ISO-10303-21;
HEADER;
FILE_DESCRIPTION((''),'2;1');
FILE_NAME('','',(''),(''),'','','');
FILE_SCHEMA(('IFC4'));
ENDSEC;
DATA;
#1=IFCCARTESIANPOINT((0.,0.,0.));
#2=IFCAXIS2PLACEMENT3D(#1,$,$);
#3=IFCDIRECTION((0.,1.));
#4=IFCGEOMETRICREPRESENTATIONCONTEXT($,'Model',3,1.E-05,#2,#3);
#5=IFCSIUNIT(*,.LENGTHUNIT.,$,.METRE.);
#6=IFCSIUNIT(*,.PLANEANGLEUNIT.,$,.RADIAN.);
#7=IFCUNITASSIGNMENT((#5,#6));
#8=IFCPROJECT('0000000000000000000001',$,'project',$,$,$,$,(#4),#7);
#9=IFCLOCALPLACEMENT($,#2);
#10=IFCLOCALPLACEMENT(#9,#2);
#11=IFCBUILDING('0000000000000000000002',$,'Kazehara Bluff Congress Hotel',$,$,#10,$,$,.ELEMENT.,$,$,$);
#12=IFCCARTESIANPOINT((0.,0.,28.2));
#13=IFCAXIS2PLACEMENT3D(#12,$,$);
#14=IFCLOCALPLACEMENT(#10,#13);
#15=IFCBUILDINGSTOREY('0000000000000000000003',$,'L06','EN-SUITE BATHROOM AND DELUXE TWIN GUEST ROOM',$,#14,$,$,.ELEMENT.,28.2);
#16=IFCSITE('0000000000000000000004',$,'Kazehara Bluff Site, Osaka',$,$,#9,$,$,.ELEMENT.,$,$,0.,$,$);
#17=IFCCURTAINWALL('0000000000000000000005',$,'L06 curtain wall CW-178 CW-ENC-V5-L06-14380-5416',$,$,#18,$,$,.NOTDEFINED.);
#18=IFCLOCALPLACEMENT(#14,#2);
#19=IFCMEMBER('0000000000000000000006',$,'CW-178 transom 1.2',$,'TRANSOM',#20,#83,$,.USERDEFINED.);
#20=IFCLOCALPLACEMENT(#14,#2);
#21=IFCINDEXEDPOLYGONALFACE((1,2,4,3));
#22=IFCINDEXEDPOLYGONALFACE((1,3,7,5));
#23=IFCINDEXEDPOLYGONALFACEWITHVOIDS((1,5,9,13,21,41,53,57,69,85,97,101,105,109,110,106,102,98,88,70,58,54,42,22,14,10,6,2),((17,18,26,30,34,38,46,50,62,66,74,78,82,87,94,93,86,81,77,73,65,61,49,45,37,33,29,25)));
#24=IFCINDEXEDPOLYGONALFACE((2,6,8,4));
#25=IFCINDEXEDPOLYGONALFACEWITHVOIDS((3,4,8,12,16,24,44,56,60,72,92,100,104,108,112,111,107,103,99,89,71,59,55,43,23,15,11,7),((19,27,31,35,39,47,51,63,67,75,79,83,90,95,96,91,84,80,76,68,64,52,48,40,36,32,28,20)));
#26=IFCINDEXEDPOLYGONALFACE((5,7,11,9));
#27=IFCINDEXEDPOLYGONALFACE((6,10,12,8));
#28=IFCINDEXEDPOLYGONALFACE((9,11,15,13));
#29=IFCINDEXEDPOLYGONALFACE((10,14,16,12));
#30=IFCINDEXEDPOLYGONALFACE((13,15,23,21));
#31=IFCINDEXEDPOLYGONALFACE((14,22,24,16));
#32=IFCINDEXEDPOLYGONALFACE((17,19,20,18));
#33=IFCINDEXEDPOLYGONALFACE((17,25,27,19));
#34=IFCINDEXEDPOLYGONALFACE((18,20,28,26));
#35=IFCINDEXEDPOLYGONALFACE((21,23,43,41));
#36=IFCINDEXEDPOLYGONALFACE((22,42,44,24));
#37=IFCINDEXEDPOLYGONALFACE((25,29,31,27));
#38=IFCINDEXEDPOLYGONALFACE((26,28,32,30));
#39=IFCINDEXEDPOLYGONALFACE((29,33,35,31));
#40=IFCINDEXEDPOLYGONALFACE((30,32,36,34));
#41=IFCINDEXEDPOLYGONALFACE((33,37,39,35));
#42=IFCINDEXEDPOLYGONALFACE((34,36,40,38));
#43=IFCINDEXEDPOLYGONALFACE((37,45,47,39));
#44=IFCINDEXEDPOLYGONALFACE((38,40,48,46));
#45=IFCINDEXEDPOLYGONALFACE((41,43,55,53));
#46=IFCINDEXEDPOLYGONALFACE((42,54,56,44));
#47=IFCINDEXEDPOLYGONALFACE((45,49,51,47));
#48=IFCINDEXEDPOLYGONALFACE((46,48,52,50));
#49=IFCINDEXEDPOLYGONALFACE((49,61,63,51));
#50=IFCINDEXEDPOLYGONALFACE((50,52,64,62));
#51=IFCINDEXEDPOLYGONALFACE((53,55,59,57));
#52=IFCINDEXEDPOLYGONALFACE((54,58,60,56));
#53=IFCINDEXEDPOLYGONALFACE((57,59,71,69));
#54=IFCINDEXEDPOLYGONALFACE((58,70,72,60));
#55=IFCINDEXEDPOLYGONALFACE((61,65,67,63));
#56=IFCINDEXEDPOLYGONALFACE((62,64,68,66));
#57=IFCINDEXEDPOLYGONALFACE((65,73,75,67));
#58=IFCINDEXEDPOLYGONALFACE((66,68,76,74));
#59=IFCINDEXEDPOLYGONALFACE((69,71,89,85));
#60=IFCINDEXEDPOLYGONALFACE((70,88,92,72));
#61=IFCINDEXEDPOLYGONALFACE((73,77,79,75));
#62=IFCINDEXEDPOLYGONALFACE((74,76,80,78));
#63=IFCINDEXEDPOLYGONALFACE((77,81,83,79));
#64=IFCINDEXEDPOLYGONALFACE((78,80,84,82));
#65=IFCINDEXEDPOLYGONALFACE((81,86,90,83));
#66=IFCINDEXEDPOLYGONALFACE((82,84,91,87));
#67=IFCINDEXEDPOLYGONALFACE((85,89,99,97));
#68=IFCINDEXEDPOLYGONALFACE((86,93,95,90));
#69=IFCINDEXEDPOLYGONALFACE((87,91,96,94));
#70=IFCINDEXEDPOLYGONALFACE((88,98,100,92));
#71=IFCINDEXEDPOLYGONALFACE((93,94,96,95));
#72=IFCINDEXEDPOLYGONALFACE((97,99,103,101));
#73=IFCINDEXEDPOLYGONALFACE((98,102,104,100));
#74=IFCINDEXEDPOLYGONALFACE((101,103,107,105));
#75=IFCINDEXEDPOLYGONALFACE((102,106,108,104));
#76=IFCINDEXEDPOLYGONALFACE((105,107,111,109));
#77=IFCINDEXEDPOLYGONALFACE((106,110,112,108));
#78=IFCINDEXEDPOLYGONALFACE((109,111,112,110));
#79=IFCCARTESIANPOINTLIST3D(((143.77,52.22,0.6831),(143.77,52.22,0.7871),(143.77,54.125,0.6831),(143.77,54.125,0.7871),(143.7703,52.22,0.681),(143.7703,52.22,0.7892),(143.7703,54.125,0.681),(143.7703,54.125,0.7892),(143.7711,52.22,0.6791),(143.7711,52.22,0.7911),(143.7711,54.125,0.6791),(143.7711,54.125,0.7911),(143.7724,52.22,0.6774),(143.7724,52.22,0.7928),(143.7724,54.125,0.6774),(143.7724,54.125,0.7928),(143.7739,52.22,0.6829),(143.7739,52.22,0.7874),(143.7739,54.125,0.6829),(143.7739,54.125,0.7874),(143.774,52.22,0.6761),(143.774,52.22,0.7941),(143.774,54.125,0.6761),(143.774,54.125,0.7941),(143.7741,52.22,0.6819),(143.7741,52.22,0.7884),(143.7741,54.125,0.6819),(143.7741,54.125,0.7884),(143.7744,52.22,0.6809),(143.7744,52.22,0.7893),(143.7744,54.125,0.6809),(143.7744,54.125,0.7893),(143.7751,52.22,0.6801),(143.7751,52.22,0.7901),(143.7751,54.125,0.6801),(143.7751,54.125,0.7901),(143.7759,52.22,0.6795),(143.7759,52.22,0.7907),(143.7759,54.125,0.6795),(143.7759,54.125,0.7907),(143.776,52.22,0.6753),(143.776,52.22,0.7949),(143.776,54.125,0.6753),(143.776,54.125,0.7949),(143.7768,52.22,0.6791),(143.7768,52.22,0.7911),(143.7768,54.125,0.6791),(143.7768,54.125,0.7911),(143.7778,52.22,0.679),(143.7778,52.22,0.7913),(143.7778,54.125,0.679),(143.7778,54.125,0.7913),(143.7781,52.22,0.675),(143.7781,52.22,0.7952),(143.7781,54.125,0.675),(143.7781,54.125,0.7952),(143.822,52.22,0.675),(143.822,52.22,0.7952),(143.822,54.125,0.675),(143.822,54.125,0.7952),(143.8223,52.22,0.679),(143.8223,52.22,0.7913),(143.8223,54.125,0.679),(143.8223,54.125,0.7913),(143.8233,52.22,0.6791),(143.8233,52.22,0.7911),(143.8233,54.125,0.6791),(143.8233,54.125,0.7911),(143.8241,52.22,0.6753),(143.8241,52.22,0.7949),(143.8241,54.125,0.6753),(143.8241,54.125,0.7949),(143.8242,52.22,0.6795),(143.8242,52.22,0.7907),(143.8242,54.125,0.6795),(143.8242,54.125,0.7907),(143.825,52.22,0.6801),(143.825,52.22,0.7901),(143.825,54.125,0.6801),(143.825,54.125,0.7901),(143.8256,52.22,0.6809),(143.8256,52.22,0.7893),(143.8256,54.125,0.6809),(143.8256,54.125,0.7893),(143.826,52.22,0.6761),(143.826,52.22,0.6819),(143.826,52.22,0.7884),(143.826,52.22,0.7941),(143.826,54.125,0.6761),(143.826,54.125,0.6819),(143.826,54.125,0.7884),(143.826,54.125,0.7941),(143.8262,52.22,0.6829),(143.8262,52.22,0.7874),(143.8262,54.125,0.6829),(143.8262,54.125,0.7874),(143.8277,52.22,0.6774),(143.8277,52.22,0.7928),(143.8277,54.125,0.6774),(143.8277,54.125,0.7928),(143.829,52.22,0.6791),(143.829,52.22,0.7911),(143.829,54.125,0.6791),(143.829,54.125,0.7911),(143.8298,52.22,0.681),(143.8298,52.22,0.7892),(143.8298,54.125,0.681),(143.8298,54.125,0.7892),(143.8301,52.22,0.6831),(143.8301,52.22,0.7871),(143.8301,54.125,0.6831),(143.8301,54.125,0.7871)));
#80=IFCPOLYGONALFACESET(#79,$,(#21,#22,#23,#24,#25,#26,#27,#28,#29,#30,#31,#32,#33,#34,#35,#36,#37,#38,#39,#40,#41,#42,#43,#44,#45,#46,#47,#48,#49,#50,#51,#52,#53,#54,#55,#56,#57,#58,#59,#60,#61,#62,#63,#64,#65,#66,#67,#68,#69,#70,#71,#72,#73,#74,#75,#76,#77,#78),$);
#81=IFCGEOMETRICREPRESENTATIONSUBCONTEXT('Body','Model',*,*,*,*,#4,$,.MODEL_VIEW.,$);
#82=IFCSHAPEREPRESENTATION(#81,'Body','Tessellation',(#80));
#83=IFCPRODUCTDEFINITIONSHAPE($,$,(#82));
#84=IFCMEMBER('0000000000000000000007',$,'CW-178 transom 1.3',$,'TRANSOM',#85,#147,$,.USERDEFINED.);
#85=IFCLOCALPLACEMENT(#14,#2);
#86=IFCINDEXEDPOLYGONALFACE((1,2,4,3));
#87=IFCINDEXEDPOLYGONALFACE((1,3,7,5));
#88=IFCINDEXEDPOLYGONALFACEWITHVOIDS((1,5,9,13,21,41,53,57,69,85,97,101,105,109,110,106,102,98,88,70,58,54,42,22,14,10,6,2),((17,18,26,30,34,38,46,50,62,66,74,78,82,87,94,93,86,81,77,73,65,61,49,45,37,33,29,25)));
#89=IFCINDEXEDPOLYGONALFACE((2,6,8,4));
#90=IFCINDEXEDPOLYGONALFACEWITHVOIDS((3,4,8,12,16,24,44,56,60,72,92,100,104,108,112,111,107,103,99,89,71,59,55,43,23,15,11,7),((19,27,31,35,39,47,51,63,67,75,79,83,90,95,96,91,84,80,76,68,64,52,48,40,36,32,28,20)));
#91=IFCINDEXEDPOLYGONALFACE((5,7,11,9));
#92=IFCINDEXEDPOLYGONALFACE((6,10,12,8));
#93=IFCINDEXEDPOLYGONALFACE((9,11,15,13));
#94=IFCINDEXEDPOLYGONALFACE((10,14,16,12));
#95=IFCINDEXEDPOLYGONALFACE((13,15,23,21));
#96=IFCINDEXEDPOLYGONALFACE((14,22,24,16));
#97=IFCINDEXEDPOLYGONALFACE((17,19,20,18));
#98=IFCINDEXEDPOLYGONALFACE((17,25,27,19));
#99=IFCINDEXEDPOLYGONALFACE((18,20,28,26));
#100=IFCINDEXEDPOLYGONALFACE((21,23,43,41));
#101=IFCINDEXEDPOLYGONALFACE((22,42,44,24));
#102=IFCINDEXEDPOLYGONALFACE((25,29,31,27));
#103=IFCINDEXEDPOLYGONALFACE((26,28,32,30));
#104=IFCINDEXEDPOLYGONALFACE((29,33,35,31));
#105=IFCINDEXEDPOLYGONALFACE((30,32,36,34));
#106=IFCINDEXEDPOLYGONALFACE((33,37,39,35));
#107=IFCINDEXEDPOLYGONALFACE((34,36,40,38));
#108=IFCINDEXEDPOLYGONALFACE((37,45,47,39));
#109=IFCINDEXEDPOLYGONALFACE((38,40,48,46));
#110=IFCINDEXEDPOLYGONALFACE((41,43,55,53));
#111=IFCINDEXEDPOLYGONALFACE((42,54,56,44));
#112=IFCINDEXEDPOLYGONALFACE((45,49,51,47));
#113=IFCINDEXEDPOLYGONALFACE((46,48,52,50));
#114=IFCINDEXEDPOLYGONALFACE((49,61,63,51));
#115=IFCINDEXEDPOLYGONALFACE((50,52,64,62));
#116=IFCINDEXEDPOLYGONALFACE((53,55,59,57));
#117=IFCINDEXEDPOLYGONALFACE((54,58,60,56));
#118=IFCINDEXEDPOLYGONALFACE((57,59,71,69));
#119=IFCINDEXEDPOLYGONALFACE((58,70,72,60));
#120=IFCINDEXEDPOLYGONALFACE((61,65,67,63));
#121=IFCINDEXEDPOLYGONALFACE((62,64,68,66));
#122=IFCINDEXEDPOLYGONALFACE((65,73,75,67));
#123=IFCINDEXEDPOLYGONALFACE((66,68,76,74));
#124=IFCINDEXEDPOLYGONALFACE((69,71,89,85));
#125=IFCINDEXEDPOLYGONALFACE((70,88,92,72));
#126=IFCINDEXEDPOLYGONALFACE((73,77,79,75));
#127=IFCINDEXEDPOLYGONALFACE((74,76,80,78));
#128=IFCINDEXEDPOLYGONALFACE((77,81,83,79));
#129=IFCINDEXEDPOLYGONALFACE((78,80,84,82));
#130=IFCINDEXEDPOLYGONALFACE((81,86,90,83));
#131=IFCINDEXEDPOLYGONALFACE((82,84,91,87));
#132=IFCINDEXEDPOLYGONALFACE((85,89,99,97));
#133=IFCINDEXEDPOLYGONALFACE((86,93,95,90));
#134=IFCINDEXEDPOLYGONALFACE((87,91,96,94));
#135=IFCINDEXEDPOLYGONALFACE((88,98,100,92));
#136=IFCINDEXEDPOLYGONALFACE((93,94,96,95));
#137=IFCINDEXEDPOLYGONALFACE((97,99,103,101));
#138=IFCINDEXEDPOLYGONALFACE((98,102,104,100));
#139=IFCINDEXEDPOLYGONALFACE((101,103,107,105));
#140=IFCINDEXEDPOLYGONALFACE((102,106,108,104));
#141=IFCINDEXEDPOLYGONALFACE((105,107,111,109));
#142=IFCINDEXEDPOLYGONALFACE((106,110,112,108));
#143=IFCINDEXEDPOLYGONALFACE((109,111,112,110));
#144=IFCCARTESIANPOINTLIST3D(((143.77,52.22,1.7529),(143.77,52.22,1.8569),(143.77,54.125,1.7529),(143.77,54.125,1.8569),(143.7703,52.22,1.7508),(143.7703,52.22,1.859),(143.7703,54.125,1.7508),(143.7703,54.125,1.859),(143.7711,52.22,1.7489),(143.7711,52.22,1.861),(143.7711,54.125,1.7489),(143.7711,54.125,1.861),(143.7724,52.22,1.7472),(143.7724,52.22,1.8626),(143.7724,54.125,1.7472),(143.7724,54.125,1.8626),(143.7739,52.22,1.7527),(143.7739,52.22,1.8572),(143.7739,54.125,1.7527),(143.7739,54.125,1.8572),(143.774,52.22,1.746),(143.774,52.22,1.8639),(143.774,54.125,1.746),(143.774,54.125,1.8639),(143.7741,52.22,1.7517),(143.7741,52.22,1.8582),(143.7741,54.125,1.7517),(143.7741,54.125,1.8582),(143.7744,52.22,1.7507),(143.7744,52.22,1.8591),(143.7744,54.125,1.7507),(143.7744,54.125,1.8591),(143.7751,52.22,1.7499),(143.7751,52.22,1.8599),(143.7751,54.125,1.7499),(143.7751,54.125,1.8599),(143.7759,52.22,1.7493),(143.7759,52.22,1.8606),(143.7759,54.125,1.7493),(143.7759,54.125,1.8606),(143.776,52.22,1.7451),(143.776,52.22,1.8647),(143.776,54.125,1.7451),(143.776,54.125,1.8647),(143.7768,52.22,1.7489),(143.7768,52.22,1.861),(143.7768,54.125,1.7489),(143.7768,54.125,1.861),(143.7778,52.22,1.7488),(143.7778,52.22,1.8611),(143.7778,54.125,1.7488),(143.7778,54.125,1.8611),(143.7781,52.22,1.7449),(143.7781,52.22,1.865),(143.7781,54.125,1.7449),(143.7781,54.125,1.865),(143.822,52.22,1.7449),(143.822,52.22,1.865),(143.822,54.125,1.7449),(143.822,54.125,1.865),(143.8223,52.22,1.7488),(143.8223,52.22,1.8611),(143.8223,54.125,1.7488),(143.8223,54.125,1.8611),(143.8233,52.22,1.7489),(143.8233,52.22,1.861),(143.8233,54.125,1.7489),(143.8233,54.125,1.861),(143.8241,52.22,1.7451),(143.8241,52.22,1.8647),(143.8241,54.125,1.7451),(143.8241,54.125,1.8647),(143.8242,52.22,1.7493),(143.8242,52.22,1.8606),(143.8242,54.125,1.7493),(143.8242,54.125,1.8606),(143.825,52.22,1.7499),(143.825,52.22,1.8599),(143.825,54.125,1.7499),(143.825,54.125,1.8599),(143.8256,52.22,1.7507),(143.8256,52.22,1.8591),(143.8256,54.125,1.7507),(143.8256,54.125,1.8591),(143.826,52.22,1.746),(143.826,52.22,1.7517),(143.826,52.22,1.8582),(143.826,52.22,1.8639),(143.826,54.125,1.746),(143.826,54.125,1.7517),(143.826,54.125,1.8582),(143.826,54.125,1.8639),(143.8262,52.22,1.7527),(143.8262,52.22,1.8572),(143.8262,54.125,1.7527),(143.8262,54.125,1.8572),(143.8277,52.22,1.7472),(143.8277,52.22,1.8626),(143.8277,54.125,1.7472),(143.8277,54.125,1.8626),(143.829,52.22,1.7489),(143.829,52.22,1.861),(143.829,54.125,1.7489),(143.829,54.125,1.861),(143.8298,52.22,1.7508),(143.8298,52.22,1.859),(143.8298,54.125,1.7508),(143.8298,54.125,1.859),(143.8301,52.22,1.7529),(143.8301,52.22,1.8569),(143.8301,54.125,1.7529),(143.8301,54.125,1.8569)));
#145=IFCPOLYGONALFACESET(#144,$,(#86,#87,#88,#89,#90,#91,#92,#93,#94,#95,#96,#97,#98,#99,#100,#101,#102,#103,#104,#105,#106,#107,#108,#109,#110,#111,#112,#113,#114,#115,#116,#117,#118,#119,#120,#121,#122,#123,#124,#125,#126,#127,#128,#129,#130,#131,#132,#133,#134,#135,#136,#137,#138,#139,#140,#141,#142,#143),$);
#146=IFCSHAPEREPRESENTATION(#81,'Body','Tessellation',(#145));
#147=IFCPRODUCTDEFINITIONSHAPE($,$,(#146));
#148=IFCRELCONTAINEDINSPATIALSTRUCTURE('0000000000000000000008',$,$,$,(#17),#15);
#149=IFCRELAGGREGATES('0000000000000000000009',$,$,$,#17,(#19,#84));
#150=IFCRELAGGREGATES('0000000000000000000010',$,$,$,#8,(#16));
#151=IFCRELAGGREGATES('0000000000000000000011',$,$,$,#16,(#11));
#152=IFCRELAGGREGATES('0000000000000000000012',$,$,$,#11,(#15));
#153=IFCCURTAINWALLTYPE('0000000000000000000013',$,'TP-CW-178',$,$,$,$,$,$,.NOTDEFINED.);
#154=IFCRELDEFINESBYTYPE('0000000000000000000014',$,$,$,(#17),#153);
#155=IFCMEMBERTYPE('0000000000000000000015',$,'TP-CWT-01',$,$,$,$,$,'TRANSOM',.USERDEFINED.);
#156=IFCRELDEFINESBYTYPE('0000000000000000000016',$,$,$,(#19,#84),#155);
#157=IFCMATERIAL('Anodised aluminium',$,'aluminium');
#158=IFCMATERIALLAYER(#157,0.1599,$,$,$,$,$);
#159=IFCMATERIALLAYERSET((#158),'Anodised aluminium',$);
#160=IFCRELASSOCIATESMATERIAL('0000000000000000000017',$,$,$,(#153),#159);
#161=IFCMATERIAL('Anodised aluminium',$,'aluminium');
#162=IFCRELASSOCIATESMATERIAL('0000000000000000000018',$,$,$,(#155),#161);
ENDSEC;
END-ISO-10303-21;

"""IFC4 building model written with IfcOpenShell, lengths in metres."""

from ifc_helpers import new_model, si_unit, direction, frame, origin, origin_2d, place, context, subcontext, project, spatial, hollow_rectangle, extrude, material, layer, layer_set, material_profile, profile_set, type_object, element, aggregate, save


model = new_model("IFC4")

# Units and contexts
model_context = context("Model", 3, precision=1e-05, world=origin(), true_north=direction((0.0, 1.0)))
body_context = subcontext(model_context, "Body", "Model", "MODEL_VIEW")
ifc_project = project(units=[si_unit("LENGTHUNIT", "METRE"), si_unit("PLANEANGLEUNIT", "RADIAN")], contexts=[model_context])

# Site, building, storey
site_placement = place(None, origin())
site = spatial("IfcSite", under=ifc_project, at=site_placement, Name="Kazehara Bluff Site, Osaka", CompositionType="ELEMENT", RefElevation=0.0)
building_placement = place(site_placement, origin())
building = spatial("IfcBuilding", under=site, at=building_placement, Name="Kazehara Bluff Congress Hotel", CompositionType="ELEMENT")
storey_placement = place(building_placement, frame((0.0, 0.0, 28.2)))
storey = spatial("IfcBuildingStorey", under=building, at=storey_placement, Name="L06", Description="EN-SUITE BATHROOM AND DELUXE TWIN GUEST ROOM", CompositionType="ELEMENT", Elevation=28.2)

# Curtain wall
ifc_material_1 = material(Name="Anodised aluminium", Category="aluminium")
ifc_layer_1 = layer(ifc_material_1, 0.1599)
ifc_layer_set_1 = layer_set([ifc_layer_1], Name="Anodised aluminium")
curtain_wall_type_1 = type_object("IfcCurtainWallType", Name="TP-CW-178", PredefinedType="NOTDEFINED", material=ifc_layer_set_1)
curtain_wall_1_placement = place(storey_placement, origin())
curtain_wall_1 = element("IfcCurtainWall", 1, at=curtain_wall_1_placement, inside=storey, type_object=curtain_wall_type_1, Name="L06 curtain wall CW-178 CW-ENC-V5-L06-14380-5416", PredefinedType="NOTDEFINED")

# Members
ifc_material_2 = material(Name="Anodised aluminium", Category="aluminium")
ifc_material_profile_1 = material_profile(ifc_material_2, hollow_rectangle(XDim=0.0601, YDim=0.1201, WallThickness=0.0039, InnerFilletRadius=0.0039, OuterFilletRadius=0.0081, at=origin_2d()))
ifc_profile_set_1 = profile_set([ifc_material_profile_1], Name="Anodised aluminium")
member_type_1 = type_object("IfcMemberType", Name="TP-CWT-01", ElementType="TRANSOM", PredefinedType="USERDEFINED", material=ifc_profile_set_1)
member_1_placement = place(storey_placement, frame((143.8, 52.22, 0.7351), z_axis=(0.0, 1.0, 0.0), x_axis=(-1.0, 0.0, 0.0)))
member_1 = element("IfcMember", 2, at=member_1_placement, type_object=member_type_1, Name="CW-178 transom 1.2", ObjectType="TRANSOM", PredefinedType="USERDEFINED", context=body_context, shape_type="SweptSolid", body=[
    extrude(hollow_rectangle(XDim=0.0601, YDim=0.1201, WallThickness=0.0039, InnerFilletRadius=0.0039, OuterFilletRadius=0.0081, at=origin_2d()), origin(), (0.0, 0.0, 1.0), 1.905),
])
member_2_placement = place(storey_placement, frame((143.8, 52.22, 1.8049), z_axis=(0.0, 1.0, 0.0), x_axis=(-1.0, 0.0, 0.0)))
member_2 = element("IfcMember", 3, at=member_2_placement, type_object=member_type_1, Name="CW-178 transom 1.3", ObjectType="TRANSOM", PredefinedType="USERDEFINED", context=body_context, shape_type="SweptSolid", body=[
    extrude(hollow_rectangle(XDim=0.0601, YDim=0.1201, WallThickness=0.0039, InnerFilletRadius=0.0039, OuterFilletRadius=0.0081, at=origin_2d()), origin(), (0.0, 0.0, 1.0), 1.905),
])

aggregate(curtain_wall_1, [member_1, member_2])

save(model, "model.ifc")
